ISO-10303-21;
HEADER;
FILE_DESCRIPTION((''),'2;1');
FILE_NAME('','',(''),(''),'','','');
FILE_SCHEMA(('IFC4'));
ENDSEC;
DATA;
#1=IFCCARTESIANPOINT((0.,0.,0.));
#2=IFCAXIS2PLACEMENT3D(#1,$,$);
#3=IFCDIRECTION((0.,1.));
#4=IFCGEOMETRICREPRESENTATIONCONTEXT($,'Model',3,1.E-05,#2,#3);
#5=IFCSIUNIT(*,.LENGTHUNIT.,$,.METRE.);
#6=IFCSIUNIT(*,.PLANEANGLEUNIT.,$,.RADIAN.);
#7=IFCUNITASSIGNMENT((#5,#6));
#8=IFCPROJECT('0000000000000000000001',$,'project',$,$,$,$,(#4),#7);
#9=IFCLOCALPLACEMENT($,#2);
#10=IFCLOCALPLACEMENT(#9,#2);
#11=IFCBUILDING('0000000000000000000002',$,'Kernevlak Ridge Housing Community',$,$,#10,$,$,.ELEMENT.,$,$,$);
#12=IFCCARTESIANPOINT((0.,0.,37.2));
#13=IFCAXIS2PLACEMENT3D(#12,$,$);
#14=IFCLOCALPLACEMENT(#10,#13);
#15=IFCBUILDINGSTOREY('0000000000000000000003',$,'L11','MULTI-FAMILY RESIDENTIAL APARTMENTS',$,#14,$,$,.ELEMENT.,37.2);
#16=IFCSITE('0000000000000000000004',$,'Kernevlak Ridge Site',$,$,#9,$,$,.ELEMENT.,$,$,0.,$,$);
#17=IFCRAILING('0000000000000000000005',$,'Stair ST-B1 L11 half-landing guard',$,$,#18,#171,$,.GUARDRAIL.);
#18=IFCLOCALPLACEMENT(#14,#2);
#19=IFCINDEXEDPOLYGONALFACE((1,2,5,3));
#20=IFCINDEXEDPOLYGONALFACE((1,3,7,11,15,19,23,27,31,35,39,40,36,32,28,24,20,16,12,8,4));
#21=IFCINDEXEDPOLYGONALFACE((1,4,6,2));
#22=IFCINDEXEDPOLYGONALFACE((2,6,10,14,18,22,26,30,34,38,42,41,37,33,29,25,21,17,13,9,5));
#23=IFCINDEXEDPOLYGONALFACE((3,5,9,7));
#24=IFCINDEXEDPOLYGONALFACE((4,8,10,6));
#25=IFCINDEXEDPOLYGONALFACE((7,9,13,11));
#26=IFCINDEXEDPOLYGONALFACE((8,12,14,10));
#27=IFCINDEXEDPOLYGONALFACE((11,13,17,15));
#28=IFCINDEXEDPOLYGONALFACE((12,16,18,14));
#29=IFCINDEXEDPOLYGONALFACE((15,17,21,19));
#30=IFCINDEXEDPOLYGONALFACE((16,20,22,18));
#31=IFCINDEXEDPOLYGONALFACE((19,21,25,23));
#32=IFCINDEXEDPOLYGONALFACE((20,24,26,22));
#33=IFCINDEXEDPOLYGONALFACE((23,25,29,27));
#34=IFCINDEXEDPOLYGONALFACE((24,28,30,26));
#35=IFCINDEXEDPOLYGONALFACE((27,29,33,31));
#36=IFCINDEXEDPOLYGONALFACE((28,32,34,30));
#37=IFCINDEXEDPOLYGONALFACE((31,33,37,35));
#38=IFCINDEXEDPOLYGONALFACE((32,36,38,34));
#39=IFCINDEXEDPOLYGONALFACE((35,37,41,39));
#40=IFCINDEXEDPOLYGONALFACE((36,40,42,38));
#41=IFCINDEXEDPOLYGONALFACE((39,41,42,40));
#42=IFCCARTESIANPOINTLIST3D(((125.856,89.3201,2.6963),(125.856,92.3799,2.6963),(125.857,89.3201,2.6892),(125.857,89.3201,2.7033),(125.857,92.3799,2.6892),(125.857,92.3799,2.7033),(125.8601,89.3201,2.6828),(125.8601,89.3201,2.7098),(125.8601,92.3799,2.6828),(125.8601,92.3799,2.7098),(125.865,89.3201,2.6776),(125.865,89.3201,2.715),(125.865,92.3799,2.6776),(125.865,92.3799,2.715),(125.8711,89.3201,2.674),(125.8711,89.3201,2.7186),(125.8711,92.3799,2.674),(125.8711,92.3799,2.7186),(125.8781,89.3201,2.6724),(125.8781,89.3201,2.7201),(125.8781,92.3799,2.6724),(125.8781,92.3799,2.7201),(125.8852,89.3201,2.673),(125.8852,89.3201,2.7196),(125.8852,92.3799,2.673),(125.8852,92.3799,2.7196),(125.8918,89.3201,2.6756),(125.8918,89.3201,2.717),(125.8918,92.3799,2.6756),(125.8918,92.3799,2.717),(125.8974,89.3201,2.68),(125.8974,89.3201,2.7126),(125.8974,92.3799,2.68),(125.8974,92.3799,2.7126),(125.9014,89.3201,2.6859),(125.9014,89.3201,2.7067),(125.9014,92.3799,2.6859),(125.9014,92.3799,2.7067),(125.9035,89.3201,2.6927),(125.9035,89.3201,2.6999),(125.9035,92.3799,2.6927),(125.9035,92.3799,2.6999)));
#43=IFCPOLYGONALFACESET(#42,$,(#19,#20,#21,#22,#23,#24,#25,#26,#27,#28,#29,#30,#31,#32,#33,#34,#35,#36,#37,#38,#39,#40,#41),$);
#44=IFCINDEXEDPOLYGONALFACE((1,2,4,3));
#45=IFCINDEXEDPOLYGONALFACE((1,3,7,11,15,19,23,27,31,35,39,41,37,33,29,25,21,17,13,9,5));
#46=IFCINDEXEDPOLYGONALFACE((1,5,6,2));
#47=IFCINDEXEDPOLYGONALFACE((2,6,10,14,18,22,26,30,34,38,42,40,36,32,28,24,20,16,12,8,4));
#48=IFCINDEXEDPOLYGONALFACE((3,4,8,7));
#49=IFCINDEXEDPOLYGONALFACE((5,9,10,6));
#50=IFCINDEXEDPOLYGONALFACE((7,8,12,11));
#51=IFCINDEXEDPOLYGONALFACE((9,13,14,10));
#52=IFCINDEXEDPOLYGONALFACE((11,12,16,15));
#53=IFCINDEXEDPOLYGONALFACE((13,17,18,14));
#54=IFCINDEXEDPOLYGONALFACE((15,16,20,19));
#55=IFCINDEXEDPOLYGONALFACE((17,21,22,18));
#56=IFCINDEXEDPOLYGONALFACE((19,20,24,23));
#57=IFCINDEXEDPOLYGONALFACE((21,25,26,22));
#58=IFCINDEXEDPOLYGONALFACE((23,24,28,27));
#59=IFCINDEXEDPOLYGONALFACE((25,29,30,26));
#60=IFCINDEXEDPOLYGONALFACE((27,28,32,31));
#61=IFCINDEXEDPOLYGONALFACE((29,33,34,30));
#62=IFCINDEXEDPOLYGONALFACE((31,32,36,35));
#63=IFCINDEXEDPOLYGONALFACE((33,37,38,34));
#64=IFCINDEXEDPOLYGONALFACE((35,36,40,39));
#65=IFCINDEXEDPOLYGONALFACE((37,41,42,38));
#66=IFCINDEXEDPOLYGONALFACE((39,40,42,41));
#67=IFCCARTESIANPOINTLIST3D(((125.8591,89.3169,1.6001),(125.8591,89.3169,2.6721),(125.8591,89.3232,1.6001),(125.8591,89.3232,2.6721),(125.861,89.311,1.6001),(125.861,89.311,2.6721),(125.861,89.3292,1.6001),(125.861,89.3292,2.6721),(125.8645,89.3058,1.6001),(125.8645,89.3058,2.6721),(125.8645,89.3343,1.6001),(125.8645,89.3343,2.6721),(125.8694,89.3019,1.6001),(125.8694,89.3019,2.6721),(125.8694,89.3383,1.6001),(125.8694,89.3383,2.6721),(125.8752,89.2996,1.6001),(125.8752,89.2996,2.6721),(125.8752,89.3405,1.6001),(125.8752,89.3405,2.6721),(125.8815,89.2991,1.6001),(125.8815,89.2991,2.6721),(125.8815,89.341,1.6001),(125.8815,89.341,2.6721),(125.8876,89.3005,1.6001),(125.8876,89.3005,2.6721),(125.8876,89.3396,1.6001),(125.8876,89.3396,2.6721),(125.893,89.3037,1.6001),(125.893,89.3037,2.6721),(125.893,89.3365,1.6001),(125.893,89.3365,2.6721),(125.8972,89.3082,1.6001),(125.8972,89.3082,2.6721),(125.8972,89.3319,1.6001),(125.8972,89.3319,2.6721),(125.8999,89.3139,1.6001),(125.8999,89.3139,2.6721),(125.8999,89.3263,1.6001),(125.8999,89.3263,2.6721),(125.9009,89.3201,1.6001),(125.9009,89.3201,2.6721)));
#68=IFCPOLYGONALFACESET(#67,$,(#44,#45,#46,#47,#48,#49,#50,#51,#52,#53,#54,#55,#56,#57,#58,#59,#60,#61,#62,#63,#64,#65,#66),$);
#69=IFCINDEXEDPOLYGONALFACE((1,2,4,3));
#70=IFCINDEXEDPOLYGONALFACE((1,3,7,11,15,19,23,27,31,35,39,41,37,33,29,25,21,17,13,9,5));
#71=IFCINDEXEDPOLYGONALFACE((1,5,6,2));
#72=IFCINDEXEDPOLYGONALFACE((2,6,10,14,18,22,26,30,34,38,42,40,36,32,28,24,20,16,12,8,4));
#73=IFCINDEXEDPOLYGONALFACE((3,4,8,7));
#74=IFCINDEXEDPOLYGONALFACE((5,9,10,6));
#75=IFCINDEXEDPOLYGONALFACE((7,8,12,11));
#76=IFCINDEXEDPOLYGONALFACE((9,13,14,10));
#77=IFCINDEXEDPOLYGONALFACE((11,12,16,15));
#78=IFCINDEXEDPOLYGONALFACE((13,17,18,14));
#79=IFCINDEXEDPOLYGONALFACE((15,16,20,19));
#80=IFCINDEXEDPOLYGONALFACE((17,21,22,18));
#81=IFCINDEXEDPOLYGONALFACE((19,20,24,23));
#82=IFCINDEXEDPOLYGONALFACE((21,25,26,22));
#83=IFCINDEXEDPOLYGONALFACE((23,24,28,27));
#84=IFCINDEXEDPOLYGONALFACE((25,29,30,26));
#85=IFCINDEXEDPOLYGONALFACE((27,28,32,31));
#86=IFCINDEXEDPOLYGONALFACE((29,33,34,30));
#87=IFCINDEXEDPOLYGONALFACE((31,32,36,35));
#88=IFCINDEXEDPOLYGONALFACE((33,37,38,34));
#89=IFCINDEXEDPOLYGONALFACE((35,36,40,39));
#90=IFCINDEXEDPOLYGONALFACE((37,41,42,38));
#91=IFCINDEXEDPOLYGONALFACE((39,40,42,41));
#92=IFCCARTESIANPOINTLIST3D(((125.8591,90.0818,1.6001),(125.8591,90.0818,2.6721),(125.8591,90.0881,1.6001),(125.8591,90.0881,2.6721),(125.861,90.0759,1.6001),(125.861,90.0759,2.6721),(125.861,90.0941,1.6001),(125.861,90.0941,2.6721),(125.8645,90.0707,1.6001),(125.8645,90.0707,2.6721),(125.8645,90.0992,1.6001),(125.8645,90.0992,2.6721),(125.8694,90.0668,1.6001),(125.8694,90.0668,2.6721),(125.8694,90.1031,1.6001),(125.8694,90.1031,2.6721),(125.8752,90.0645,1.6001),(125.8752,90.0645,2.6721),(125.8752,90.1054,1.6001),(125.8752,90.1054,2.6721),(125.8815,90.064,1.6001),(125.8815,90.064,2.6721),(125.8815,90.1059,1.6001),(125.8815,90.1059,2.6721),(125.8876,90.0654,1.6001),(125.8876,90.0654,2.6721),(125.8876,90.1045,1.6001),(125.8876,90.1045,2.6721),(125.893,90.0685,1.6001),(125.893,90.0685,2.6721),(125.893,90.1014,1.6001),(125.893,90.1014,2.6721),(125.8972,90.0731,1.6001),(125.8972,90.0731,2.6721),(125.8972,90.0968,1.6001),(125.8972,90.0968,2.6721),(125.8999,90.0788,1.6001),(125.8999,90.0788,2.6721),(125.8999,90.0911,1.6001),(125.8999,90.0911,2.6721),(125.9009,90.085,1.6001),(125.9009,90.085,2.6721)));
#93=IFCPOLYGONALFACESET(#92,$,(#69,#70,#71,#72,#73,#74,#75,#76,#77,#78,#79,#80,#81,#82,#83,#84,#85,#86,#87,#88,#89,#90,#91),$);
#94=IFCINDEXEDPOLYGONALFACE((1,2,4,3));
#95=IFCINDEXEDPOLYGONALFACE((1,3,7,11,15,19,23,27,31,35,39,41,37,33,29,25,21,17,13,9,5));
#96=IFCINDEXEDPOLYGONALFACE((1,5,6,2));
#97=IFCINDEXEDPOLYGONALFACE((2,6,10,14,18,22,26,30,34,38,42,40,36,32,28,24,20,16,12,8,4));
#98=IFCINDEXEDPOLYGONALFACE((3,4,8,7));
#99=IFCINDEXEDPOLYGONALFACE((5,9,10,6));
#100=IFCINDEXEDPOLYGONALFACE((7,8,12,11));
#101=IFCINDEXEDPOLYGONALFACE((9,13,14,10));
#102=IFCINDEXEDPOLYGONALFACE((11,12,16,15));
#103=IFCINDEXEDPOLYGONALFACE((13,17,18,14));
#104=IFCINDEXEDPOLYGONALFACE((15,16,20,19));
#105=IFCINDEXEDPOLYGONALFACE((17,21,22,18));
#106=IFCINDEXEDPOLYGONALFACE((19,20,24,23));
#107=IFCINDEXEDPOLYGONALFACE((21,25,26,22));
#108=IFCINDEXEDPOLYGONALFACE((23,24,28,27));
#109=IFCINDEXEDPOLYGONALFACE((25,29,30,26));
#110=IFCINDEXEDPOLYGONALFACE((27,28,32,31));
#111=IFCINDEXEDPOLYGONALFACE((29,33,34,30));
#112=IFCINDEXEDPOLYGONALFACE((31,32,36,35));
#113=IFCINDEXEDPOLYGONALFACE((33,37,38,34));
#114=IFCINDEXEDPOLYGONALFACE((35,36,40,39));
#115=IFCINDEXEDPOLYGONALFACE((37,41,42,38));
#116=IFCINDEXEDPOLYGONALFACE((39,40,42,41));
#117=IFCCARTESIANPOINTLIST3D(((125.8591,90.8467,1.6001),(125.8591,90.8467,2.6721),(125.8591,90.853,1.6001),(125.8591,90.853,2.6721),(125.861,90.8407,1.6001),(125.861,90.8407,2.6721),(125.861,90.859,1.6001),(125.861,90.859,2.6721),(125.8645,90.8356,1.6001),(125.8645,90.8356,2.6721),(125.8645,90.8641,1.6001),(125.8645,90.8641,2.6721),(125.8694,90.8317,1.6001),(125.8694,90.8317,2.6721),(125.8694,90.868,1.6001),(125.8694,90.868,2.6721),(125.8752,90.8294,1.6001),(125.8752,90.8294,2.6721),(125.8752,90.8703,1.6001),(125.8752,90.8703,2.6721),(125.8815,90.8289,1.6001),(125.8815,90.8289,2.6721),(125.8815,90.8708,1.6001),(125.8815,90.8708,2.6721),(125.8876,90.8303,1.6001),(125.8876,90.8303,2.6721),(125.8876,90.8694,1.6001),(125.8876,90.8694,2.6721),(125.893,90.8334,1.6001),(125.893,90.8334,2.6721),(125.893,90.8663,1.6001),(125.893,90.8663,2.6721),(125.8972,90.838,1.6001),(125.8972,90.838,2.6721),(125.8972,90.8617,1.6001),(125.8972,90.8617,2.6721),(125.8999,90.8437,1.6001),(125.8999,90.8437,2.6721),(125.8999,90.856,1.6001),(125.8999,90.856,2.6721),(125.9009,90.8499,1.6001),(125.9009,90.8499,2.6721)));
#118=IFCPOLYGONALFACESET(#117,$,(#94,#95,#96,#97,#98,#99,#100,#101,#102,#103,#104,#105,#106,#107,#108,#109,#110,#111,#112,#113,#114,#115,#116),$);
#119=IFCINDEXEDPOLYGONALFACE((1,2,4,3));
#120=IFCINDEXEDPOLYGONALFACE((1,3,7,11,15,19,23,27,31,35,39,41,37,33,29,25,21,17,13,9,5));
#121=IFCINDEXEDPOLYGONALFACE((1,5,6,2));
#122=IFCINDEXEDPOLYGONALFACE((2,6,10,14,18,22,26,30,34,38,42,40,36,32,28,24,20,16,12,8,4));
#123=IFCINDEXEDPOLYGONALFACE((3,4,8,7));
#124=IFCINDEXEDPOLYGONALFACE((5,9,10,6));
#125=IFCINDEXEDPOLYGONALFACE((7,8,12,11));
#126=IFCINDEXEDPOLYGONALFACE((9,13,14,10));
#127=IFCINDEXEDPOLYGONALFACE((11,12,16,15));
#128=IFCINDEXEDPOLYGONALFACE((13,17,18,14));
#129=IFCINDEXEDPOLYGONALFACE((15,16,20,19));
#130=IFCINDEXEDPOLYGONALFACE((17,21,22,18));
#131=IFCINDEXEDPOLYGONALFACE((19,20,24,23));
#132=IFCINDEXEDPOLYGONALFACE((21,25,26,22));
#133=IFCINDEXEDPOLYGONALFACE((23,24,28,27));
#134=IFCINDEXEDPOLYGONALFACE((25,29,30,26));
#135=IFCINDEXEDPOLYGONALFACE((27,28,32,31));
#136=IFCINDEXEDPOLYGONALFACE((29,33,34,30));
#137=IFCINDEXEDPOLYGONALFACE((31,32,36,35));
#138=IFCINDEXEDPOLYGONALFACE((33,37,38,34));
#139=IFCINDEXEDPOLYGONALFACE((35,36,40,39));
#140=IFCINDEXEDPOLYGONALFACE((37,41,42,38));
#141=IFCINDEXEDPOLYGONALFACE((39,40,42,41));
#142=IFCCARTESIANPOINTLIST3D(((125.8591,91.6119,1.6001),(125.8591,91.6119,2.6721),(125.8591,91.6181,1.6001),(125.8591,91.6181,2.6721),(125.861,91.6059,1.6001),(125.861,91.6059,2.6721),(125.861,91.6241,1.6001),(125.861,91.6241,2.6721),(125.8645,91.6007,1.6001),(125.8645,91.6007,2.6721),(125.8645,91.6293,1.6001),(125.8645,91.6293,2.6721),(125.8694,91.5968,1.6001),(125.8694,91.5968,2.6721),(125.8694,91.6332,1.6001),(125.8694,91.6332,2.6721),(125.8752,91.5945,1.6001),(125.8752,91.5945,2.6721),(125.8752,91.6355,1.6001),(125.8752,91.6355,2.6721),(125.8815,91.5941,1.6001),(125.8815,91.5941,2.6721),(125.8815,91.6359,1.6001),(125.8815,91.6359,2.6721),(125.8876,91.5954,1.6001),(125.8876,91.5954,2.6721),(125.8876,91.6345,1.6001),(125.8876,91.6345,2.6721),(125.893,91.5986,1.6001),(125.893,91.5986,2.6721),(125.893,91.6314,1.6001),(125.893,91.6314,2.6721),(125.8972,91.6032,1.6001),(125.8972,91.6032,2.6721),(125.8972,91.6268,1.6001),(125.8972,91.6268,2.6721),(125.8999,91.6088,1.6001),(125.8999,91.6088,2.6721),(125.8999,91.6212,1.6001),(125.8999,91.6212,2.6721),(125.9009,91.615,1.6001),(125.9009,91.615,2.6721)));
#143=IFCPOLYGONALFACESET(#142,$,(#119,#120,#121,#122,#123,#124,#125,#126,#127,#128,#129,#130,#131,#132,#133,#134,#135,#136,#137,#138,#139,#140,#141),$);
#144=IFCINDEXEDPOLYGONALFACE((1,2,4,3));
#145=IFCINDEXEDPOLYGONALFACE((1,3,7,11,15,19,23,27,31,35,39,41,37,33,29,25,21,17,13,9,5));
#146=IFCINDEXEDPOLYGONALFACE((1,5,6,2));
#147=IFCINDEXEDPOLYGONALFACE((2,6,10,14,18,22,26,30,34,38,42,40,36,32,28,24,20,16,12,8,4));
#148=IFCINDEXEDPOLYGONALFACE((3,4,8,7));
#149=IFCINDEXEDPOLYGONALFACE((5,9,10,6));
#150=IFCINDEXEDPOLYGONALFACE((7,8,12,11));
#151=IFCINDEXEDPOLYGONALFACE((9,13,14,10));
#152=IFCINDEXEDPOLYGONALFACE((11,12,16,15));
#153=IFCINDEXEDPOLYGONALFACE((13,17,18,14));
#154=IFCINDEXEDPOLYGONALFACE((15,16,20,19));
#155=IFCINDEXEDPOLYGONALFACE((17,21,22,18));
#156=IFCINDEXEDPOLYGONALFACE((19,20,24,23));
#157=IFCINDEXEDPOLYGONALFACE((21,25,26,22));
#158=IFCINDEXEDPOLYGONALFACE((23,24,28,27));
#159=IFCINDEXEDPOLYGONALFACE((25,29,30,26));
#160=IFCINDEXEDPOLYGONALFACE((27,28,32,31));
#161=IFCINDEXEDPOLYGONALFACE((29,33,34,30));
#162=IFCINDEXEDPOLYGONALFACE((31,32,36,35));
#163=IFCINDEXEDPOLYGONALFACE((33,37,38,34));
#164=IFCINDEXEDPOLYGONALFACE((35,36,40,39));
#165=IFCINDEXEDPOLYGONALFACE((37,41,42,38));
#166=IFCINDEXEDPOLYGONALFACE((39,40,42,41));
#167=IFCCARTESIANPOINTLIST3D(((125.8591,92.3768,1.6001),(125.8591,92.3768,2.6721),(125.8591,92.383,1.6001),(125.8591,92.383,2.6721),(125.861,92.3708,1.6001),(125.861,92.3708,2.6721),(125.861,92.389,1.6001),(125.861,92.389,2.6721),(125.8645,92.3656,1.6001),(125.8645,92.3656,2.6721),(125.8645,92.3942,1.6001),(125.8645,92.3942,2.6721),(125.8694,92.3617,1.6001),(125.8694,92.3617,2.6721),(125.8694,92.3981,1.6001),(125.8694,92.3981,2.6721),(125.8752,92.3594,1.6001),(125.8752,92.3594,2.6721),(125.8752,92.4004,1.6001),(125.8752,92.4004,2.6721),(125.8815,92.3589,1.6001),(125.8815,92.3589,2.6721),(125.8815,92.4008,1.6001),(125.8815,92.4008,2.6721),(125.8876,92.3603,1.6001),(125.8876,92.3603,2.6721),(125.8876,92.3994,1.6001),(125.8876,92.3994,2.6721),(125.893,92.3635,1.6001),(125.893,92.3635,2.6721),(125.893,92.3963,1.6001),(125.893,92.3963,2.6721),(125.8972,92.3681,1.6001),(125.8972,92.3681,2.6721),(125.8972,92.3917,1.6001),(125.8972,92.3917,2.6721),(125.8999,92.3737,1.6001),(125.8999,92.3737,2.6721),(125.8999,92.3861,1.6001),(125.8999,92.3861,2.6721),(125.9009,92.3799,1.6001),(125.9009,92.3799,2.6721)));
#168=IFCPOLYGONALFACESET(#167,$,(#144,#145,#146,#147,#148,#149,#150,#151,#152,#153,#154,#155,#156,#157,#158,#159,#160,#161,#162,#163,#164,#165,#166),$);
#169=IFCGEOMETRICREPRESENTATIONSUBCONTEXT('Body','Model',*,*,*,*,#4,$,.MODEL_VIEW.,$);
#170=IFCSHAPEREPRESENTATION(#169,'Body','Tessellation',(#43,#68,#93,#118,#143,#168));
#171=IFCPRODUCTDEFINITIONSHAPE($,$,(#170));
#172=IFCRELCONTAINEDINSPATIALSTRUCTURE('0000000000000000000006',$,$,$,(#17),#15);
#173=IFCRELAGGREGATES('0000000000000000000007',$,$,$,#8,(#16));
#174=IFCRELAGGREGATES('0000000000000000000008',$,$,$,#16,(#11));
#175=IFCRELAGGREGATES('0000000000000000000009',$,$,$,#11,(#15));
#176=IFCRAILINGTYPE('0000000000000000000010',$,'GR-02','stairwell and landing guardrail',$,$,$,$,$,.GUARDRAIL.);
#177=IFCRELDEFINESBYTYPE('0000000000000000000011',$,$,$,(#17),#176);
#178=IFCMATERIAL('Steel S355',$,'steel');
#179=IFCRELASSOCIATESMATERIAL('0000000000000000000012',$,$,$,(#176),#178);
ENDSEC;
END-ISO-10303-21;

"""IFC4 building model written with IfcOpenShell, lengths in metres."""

from ifc_helpers import new_model, si_unit, direction, frame, origin, origin_2d, place, context, subcontext, project, spatial, circle, extrude, material, type_object, element, save


model = new_model("IFC4")

# Units and contexts
model_context = context("Model", 3, precision=1e-05, world=origin(), true_north=direction((0.0, 1.0)))
body_context = subcontext(model_context, "Body", "Model", "MODEL_VIEW")
ifc_project = project(units=[si_unit("LENGTHUNIT", "METRE"), si_unit("PLANEANGLEUNIT", "RADIAN")], contexts=[model_context])

# Site, building, storey
site_placement = place(None, origin())
site = spatial("IfcSite", under=ifc_project, at=site_placement, Name="Kernevlak Ridge Site", CompositionType="ELEMENT", RefElevation=0.0)
building_placement = place(site_placement, origin())
building = spatial("IfcBuilding", under=site, at=building_placement, Name="Kernevlak Ridge Housing Community", CompositionType="ELEMENT")
storey_placement = place(building_placement, frame((0.0, 0.0, 37.2)))
storey = spatial("IfcBuildingStorey", under=building, at=storey_placement, Name="L11", Description="MULTI-FAMILY RESIDENTIAL APARTMENTS", CompositionType="ELEMENT", Elevation=37.2)

# Railing
ifc_material_1 = material(Name="Steel S355", Category="steel")
railing_type_1 = type_object("IfcRailingType", Name="GR-02", Description="stairwell and landing guardrail", PredefinedType="GUARDRAIL", material=ifc_material_1)
railing_1_placement = place(storey_placement, frame((125.8799, 89.3201, 1.6001)))
element("IfcRailing", 1, at=railing_1_placement, inside=storey, type_object=railing_type_1, Name="Stair ST-B1 L11 half-landing guard", PredefinedType="GUARDRAIL", context=body_context, shape_type="SweptSolid", body=[
    extrude(circle(Radius=0.0239, at=origin_2d()), frame((0.0, 0.0, 1.0962), z_axis=(0.0, 1.0, 0.0), x_axis=(-1.0, 0.0, 0.0)), (0.0, 0.0, 1.0), 3.0598),
    extrude(circle(Radius=0.021, at=origin_2d()), origin(), (0.0, 0.0, 1.0), 1.072),
    extrude(circle(Radius=0.021, at=origin_2d()), frame((0.0, 0.7649, 0.0)), (0.0, 0.0, 1.0), 1.072),
    extrude(circle(Radius=0.021, at=origin_2d()), frame((0.0, 1.5298, 0.0)), (0.0, 0.0, 1.0), 1.072),
    extrude(circle(Radius=0.021, at=origin_2d()), frame((0.0, 2.2949, 0.0)), (0.0, 0.0, 1.0), 1.072),
    extrude(circle(Radius=0.021, at=origin_2d()), frame((0.0, 3.0598, 0.0)), (0.0, 0.0, 1.0), 1.072),
])

save(model, "model.ifc")
